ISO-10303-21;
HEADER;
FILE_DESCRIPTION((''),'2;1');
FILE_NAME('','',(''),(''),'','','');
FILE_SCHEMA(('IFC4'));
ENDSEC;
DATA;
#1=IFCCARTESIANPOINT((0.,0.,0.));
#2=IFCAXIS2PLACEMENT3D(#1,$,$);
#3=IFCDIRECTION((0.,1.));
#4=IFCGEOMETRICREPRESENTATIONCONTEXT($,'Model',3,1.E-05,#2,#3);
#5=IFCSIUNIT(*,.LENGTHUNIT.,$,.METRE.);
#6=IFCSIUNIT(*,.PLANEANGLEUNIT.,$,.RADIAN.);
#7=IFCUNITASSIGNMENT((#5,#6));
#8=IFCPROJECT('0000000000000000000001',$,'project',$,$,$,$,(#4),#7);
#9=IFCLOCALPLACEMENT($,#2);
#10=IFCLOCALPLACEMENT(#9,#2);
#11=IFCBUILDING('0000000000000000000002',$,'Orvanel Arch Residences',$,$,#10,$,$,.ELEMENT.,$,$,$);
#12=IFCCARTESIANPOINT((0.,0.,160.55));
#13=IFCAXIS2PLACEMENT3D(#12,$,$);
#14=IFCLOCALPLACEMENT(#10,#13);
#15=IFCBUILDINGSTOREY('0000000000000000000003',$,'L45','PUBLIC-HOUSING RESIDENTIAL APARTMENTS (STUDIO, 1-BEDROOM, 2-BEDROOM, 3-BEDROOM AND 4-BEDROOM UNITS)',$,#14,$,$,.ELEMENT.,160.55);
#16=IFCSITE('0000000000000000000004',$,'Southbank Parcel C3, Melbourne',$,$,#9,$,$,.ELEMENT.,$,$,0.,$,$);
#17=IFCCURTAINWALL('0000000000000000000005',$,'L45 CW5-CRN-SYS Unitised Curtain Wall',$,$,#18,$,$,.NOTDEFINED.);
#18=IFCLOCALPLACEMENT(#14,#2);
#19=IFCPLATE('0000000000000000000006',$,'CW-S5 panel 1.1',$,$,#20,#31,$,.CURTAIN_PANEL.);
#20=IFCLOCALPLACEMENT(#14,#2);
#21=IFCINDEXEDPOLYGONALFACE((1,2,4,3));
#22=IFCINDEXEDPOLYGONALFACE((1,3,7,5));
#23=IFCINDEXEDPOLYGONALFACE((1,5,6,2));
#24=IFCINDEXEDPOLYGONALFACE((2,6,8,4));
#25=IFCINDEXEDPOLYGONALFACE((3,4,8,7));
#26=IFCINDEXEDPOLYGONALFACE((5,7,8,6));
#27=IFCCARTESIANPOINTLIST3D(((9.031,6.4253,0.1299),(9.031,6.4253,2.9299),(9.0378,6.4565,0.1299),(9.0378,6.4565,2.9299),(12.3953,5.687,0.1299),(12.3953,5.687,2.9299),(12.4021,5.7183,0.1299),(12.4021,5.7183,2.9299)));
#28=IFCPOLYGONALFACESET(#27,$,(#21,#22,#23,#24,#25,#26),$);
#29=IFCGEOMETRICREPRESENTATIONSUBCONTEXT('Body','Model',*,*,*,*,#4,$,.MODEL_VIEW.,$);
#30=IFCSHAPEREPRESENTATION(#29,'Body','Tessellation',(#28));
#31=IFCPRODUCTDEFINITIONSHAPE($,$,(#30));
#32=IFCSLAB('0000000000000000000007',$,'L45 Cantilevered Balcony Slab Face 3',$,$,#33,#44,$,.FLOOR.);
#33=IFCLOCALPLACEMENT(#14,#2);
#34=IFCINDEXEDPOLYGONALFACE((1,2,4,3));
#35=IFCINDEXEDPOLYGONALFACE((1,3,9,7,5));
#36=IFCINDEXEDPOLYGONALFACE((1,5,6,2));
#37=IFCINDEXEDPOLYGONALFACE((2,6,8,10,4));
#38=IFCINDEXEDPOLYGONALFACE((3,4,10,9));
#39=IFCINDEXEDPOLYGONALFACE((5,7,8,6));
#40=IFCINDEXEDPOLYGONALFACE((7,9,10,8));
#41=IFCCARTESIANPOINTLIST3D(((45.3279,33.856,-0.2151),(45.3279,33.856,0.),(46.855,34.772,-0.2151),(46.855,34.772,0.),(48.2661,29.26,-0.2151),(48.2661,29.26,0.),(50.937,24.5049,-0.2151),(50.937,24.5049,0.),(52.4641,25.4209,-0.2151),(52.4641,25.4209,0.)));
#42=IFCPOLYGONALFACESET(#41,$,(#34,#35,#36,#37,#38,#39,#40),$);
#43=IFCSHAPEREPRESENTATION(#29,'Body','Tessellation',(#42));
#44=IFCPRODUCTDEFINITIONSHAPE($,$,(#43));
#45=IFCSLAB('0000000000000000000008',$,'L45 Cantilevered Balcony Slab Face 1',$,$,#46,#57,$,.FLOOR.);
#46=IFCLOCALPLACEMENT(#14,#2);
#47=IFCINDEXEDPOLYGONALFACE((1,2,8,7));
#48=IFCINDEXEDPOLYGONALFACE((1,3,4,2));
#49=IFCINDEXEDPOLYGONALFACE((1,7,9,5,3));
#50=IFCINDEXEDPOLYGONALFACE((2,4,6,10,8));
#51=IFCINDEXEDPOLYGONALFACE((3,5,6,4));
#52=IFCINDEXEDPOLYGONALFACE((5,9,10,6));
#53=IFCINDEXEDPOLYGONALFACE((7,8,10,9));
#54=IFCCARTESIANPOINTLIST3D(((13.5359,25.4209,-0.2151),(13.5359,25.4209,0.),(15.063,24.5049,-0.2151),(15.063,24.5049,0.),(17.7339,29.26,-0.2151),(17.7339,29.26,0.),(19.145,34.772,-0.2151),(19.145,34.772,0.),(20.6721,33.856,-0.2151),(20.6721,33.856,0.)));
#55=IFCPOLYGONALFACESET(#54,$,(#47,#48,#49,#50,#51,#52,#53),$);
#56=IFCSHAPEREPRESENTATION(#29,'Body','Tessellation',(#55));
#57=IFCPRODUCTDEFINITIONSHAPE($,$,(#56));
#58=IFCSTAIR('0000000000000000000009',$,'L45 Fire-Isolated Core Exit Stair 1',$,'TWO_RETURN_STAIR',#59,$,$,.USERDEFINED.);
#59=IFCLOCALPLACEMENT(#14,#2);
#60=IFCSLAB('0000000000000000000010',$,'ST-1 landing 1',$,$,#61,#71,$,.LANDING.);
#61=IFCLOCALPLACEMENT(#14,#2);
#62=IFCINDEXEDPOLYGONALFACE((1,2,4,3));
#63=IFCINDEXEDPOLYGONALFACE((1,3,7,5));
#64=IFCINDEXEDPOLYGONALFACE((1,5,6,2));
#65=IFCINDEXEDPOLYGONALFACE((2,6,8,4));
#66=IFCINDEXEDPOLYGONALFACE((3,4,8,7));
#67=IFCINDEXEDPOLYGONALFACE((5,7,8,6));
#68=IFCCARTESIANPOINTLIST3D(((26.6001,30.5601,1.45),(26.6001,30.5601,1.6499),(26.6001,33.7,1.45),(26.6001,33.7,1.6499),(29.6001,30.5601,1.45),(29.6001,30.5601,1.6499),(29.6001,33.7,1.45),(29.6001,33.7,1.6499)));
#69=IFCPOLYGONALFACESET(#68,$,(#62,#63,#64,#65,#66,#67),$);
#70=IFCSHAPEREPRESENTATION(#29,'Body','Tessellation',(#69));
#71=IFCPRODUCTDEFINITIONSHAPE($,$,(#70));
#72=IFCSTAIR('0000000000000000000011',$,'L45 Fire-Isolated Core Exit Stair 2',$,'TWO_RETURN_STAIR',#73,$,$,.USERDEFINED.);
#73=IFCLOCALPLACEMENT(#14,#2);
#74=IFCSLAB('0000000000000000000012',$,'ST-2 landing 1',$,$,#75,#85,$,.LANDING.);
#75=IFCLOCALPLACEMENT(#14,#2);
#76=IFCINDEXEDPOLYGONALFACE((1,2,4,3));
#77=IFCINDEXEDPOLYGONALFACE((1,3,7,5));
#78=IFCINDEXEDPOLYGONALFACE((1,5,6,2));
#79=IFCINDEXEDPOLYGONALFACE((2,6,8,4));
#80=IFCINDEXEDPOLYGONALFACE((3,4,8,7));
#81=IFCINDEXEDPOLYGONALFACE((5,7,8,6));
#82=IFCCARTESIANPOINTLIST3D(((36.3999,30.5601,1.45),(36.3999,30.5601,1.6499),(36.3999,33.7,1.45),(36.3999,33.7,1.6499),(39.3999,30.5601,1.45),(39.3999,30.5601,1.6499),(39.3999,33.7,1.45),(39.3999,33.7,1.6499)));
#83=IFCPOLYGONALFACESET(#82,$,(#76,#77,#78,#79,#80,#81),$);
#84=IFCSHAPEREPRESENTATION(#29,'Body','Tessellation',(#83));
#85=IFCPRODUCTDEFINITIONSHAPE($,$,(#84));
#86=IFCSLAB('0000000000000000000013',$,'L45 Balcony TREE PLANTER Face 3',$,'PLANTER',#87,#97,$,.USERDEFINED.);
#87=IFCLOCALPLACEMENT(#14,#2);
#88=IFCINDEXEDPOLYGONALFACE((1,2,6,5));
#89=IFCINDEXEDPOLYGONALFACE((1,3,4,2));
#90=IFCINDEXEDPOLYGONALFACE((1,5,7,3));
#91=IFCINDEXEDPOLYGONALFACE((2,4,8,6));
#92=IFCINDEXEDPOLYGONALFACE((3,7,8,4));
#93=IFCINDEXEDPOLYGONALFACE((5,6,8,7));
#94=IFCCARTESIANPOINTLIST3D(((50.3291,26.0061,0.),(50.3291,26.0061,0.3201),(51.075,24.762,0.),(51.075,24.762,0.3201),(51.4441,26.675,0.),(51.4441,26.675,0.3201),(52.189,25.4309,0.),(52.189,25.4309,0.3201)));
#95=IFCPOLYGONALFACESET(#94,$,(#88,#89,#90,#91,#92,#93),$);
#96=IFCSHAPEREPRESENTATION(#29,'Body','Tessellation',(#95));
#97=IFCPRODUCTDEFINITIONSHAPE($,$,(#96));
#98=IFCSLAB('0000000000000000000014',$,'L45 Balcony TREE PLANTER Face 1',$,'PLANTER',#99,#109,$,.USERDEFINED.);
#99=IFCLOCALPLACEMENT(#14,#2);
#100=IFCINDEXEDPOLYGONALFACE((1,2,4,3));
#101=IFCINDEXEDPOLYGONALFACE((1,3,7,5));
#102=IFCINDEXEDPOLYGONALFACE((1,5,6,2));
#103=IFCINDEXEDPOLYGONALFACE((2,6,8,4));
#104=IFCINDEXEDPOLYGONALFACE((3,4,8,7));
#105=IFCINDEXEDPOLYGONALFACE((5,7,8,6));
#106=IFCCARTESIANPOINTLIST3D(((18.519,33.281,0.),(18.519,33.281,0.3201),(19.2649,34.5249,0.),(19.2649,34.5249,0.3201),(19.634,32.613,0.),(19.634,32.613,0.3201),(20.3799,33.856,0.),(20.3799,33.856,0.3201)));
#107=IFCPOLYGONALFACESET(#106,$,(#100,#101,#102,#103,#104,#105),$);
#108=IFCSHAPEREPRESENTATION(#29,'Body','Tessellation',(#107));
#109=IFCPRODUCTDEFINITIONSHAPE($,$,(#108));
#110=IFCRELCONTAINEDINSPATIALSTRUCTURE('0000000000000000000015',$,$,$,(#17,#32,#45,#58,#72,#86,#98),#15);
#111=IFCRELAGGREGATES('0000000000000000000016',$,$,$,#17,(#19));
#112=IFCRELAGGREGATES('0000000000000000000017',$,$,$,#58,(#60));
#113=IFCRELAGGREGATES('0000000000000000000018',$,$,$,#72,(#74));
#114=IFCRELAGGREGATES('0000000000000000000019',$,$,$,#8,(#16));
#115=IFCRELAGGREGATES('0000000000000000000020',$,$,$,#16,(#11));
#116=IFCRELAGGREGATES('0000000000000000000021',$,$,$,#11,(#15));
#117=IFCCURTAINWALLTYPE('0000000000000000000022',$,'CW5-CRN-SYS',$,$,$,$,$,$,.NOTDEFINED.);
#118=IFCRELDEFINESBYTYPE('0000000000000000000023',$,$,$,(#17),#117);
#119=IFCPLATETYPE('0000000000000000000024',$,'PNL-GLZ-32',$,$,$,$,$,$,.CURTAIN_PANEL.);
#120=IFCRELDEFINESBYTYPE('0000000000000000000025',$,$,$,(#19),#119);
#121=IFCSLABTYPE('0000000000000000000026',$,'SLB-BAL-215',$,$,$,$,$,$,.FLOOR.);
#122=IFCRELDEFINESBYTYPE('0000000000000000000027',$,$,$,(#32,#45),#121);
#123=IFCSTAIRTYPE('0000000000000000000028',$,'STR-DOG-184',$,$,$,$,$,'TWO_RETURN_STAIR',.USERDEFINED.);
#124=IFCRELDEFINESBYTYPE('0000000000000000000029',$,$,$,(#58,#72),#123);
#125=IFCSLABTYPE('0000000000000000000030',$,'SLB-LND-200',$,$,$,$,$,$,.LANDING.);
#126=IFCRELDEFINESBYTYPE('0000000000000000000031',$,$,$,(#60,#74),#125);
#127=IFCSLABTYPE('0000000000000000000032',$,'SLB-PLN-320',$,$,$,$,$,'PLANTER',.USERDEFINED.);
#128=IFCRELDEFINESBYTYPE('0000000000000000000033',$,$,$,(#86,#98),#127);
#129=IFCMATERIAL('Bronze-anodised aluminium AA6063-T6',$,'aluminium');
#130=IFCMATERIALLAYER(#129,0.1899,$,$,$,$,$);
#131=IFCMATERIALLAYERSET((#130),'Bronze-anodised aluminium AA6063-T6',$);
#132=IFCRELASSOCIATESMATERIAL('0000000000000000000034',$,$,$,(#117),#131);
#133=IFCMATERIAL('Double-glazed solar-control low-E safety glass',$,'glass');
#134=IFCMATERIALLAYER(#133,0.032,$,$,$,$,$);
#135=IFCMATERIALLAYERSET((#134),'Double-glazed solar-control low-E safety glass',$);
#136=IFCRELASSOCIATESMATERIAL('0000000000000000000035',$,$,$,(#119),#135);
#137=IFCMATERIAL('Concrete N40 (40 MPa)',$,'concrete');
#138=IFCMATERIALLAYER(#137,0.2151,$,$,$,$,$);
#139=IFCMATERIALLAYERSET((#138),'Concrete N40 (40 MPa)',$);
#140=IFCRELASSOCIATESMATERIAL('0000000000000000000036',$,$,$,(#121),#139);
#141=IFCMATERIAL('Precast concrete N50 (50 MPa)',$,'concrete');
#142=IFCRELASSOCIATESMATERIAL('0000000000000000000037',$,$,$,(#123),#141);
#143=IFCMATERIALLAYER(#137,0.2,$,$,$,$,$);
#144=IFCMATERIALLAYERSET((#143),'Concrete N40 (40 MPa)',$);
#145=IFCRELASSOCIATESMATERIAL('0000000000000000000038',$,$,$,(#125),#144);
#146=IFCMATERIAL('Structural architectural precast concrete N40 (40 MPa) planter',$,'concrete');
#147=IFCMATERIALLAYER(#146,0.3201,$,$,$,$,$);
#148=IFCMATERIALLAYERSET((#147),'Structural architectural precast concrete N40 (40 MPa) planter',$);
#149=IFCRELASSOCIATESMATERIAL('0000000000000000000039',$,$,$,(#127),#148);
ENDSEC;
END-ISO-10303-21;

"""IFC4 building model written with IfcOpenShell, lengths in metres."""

from ifc_helpers import new_model, si_unit, direction, frame, origin, origin_2d, place, context, subcontext, project, spatial, polyline, rectangle, outline, extrude, material, layer, layer_set, type_object, element, aggregate, save


model = new_model("IFC4")

# Units and contexts
model_context = context("Model", 3, precision=1e-05, world=origin(), true_north=direction((0.0, 1.0)))
body_context = subcontext(model_context, "Body", "Model", "MODEL_VIEW")
ifc_project = project(units=[si_unit("LENGTHUNIT", "METRE"), si_unit("PLANEANGLEUNIT", "RADIAN")], contexts=[model_context])

# Site, building, storey
site_placement = place(None, origin())
site = spatial("IfcSite", under=ifc_project, at=site_placement, Name="Southbank Parcel C3, Melbourne", CompositionType="ELEMENT", RefElevation=0.0)
building_placement = place(site_placement, origin())
building = spatial("IfcBuilding", under=site, at=building_placement, Name="Orvanel Arch Residences", CompositionType="ELEMENT")
storey_placement = place(building_placement, frame((0.0, 0.0, 160.55)))
storey = spatial("IfcBuildingStorey", under=building, at=storey_placement, Name="L45", Description="PUBLIC-HOUSING RESIDENTIAL APARTMENTS (STUDIO, 1-BEDROOM, 2-BEDROOM, 3-BEDROOM AND 4-BEDROOM UNITS)", CompositionType="ELEMENT", Elevation=160.55)

# Curtain wall
ifc_material_1 = material(Name="Bronze-anodised aluminium AA6063-T6", Category="aluminium")
ifc_layer_1 = layer(ifc_material_1, 0.1899)
ifc_layer_set_1 = layer_set([ifc_layer_1], Name="Bronze-anodised aluminium AA6063-T6")
curtain_wall_type = type_object("IfcCurtainWallType", Name="CW5-CRN-SYS", PredefinedType="NOTDEFINED", material=ifc_layer_set_1)
curtain_wall_1_placement = place(storey_placement, origin())
curtain_wall_1 = element("IfcCurtainWall", 1, at=curtain_wall_1_placement, inside=storey, type_object=curtain_wall_type, Name="L45 CW5-CRN-SYS Unitised Curtain Wall", PredefinedType="NOTDEFINED")

# Plate
ifc_material_2 = material(Name="Double-glazed solar-control low-E safety glass", Category="glass")
ifc_layer_2 = layer(ifc_material_2, 0.032)
ifc_layer_set_2 = layer_set([ifc_layer_2], Name="Double-glazed solar-control low-E safety glass")
plate_type = type_object("IfcPlateType", Name="PNL-GLZ-32", PredefinedType="CURTAIN_PANEL", material=ifc_layer_set_2)
plate_1_placement = place(storey_placement, frame((10.7166, 6.0718, 0.1299), z_axis=(0.0, 0.0, 1.0), x_axis=(0.976758, -0.214347, 0.0)))
plate_1 = element("IfcPlate", 2, at=plate_1_placement, type_object=plate_type, Name="CW-S5 panel 1.1", PredefinedType="CURTAIN_PANEL", context=body_context, shape_type="SweptSolid", body=[
    extrude(rectangle(XDim=3.4443, YDim=0.032, at=origin_2d()), origin(), (0.0, 0.0, 1.0), 2.8),
])
aggregate(curtain_wall_1, [plate_1])

# Slabs
ifc_material_3 = material(Name="Concrete N40 (40 MPa)", Category="concrete")
ifc_layer_3 = layer(ifc_material_3, 0.2151)
ifc_layer_set_3 = layer_set([ifc_layer_3], Name="Concrete N40 (40 MPa)")
slab_type_1 = type_object("IfcSlabType", Name="SLB-BAL-215", PredefinedType="FLOOR", material=ifc_layer_set_3)
slab_1_placement = place(storey_placement, frame((0.0, 0.0, -0.2151)))
element("IfcSlab", 3, at=slab_1_placement, inside=storey, type_object=slab_type_1, Name="L45 Cantilevered Balcony Slab Face 3", PredefinedType="FLOOR", context=body_context, shape_type="SweptSolid", body=[
    extrude(outline(polyline([(52.4641, 25.4209), (46.855, 34.772), (45.3279, 33.856), (48.2661, 29.26), (50.937, 24.5049), (52.4641, 25.4209)])), origin(), (0.0, 0.0, 1.0), 0.2151),
])
slab_2_placement = place(storey_placement, frame((0.0, 0.0, -0.2151)))
element("IfcSlab", 4, at=slab_2_placement, inside=storey, type_object=slab_type_1, Name="L45 Cantilevered Balcony Slab Face 1", PredefinedType="FLOOR", context=body_context, shape_type="SweptSolid", body=[
    extrude(outline(polyline([(19.145, 34.772), (13.5359, 25.4209), (15.063, 24.5049), (17.7339, 29.26), (20.6721, 33.856), (19.145, 34.772)])), origin(), (0.0, 0.0, 1.0), 0.2151),
])

# Stairs, slabs
ifc_material_4 = material(Name="Precast concrete N50 (50 MPa)", Category="concrete")
stair_type = type_object("IfcStairType", Name="STR-DOG-184", ElementType="TWO_RETURN_STAIR", PredefinedType="USERDEFINED", material=ifc_material_4)
stair_1_placement = place(storey_placement, origin())
stair_1 = element("IfcStair", 5, at=stair_1_placement, inside=storey, type_object=stair_type, Name="L45 Fire-Isolated Core Exit Stair 1", ObjectType="TWO_RETURN_STAIR", PredefinedType="USERDEFINED")
ifc_layer_4 = layer(ifc_material_3, 0.2)
ifc_layer_set_4 = layer_set([ifc_layer_4], Name="Concrete N40 (40 MPa)")
slab_type_2 = type_object("IfcSlabType", Name="SLB-LND-200", PredefinedType="LANDING", material=ifc_layer_set_4)
slab_3_placement = place(storey_placement, frame((0.0, 0.0, 1.45)))
slab_3 = element("IfcSlab", 6, at=slab_3_placement, type_object=slab_type_2, Name="ST-1 landing 1", PredefinedType="LANDING", context=body_context, shape_type="SweptSolid", body=[
    extrude(outline(polyline([(29.6001, 30.5601), (29.6001, 33.7), (26.6001, 33.7), (26.6001, 30.5601), (29.6001, 30.5601)])), origin(), (0.0, 0.0, 1.0), 0.2),
])
aggregate(stair_1, [slab_3])
stair_2_placement = place(storey_placement, origin())
stair_2 = element("IfcStair", 7, at=stair_2_placement, inside=storey, type_object=stair_type, Name="L45 Fire-Isolated Core Exit Stair 2", ObjectType="TWO_RETURN_STAIR", PredefinedType="USERDEFINED")
slab_4_placement = place(storey_placement, frame((0.0, 0.0, 1.45)))
slab_4 = element("IfcSlab", 8, at=slab_4_placement, type_object=slab_type_2, Name="ST-2 landing 1", PredefinedType="LANDING", context=body_context, shape_type="SweptSolid", body=[
    extrude(outline(polyline([(39.3999, 30.5601), (39.3999, 33.7), (36.3999, 33.7), (36.3999, 30.5601), (39.3999, 30.5601)])), origin(), (0.0, 0.0, 1.0), 0.2),
])
aggregate(stair_2, [slab_4])

# Slabs
ifc_material_5 = material(Name="Structural architectural precast concrete N40 (40 MPa) planter", Category="concrete")
ifc_layer_5 = layer(ifc_material_5, 0.3201)
ifc_layer_set_5 = layer_set([ifc_layer_5], Name="Structural architectural precast concrete N40 (40 MPa) planter")
slab_type_3 = type_object("IfcSlabType", Name="SLB-PLN-320", ElementType="PLANTER", PredefinedType="USERDEFINED", material=ifc_layer_set_5)
slab_5_placement = place(storey_placement, origin())
element("IfcSlab", 9, at=slab_5_placement, inside=storey, type_object=slab_type_3, Name="L45 Balcony TREE PLANTER Face 3", ObjectType="PLANTER", PredefinedType="USERDEFINED", context=body_context, shape_type="SweptSolid", body=[
    extrude(outline(polyline([(52.189, 25.4309), (51.4441, 26.675), (50.3291, 26.0061), (51.075, 24.762), (52.189, 25.4309)])), origin(), (0.0, 0.0, 1.0), 0.3201),
])
slab_6_placement = place(storey_placement, origin())
element("IfcSlab", 10, at=slab_6_placement, inside=storey, type_object=slab_type_3, Name="L45 Balcony TREE PLANTER Face 1", ObjectType="PLANTER", PredefinedType="USERDEFINED", context=body_context, shape_type="SweptSolid", body=[
    extrude(outline(polyline([(19.2649, 34.5249), (18.519, 33.281), (19.634, 32.613), (20.3799, 33.856), (19.2649, 34.5249)])), origin(), (0.0, 0.0, 1.0), 0.3201),
])

save(model, "model.ifc")
